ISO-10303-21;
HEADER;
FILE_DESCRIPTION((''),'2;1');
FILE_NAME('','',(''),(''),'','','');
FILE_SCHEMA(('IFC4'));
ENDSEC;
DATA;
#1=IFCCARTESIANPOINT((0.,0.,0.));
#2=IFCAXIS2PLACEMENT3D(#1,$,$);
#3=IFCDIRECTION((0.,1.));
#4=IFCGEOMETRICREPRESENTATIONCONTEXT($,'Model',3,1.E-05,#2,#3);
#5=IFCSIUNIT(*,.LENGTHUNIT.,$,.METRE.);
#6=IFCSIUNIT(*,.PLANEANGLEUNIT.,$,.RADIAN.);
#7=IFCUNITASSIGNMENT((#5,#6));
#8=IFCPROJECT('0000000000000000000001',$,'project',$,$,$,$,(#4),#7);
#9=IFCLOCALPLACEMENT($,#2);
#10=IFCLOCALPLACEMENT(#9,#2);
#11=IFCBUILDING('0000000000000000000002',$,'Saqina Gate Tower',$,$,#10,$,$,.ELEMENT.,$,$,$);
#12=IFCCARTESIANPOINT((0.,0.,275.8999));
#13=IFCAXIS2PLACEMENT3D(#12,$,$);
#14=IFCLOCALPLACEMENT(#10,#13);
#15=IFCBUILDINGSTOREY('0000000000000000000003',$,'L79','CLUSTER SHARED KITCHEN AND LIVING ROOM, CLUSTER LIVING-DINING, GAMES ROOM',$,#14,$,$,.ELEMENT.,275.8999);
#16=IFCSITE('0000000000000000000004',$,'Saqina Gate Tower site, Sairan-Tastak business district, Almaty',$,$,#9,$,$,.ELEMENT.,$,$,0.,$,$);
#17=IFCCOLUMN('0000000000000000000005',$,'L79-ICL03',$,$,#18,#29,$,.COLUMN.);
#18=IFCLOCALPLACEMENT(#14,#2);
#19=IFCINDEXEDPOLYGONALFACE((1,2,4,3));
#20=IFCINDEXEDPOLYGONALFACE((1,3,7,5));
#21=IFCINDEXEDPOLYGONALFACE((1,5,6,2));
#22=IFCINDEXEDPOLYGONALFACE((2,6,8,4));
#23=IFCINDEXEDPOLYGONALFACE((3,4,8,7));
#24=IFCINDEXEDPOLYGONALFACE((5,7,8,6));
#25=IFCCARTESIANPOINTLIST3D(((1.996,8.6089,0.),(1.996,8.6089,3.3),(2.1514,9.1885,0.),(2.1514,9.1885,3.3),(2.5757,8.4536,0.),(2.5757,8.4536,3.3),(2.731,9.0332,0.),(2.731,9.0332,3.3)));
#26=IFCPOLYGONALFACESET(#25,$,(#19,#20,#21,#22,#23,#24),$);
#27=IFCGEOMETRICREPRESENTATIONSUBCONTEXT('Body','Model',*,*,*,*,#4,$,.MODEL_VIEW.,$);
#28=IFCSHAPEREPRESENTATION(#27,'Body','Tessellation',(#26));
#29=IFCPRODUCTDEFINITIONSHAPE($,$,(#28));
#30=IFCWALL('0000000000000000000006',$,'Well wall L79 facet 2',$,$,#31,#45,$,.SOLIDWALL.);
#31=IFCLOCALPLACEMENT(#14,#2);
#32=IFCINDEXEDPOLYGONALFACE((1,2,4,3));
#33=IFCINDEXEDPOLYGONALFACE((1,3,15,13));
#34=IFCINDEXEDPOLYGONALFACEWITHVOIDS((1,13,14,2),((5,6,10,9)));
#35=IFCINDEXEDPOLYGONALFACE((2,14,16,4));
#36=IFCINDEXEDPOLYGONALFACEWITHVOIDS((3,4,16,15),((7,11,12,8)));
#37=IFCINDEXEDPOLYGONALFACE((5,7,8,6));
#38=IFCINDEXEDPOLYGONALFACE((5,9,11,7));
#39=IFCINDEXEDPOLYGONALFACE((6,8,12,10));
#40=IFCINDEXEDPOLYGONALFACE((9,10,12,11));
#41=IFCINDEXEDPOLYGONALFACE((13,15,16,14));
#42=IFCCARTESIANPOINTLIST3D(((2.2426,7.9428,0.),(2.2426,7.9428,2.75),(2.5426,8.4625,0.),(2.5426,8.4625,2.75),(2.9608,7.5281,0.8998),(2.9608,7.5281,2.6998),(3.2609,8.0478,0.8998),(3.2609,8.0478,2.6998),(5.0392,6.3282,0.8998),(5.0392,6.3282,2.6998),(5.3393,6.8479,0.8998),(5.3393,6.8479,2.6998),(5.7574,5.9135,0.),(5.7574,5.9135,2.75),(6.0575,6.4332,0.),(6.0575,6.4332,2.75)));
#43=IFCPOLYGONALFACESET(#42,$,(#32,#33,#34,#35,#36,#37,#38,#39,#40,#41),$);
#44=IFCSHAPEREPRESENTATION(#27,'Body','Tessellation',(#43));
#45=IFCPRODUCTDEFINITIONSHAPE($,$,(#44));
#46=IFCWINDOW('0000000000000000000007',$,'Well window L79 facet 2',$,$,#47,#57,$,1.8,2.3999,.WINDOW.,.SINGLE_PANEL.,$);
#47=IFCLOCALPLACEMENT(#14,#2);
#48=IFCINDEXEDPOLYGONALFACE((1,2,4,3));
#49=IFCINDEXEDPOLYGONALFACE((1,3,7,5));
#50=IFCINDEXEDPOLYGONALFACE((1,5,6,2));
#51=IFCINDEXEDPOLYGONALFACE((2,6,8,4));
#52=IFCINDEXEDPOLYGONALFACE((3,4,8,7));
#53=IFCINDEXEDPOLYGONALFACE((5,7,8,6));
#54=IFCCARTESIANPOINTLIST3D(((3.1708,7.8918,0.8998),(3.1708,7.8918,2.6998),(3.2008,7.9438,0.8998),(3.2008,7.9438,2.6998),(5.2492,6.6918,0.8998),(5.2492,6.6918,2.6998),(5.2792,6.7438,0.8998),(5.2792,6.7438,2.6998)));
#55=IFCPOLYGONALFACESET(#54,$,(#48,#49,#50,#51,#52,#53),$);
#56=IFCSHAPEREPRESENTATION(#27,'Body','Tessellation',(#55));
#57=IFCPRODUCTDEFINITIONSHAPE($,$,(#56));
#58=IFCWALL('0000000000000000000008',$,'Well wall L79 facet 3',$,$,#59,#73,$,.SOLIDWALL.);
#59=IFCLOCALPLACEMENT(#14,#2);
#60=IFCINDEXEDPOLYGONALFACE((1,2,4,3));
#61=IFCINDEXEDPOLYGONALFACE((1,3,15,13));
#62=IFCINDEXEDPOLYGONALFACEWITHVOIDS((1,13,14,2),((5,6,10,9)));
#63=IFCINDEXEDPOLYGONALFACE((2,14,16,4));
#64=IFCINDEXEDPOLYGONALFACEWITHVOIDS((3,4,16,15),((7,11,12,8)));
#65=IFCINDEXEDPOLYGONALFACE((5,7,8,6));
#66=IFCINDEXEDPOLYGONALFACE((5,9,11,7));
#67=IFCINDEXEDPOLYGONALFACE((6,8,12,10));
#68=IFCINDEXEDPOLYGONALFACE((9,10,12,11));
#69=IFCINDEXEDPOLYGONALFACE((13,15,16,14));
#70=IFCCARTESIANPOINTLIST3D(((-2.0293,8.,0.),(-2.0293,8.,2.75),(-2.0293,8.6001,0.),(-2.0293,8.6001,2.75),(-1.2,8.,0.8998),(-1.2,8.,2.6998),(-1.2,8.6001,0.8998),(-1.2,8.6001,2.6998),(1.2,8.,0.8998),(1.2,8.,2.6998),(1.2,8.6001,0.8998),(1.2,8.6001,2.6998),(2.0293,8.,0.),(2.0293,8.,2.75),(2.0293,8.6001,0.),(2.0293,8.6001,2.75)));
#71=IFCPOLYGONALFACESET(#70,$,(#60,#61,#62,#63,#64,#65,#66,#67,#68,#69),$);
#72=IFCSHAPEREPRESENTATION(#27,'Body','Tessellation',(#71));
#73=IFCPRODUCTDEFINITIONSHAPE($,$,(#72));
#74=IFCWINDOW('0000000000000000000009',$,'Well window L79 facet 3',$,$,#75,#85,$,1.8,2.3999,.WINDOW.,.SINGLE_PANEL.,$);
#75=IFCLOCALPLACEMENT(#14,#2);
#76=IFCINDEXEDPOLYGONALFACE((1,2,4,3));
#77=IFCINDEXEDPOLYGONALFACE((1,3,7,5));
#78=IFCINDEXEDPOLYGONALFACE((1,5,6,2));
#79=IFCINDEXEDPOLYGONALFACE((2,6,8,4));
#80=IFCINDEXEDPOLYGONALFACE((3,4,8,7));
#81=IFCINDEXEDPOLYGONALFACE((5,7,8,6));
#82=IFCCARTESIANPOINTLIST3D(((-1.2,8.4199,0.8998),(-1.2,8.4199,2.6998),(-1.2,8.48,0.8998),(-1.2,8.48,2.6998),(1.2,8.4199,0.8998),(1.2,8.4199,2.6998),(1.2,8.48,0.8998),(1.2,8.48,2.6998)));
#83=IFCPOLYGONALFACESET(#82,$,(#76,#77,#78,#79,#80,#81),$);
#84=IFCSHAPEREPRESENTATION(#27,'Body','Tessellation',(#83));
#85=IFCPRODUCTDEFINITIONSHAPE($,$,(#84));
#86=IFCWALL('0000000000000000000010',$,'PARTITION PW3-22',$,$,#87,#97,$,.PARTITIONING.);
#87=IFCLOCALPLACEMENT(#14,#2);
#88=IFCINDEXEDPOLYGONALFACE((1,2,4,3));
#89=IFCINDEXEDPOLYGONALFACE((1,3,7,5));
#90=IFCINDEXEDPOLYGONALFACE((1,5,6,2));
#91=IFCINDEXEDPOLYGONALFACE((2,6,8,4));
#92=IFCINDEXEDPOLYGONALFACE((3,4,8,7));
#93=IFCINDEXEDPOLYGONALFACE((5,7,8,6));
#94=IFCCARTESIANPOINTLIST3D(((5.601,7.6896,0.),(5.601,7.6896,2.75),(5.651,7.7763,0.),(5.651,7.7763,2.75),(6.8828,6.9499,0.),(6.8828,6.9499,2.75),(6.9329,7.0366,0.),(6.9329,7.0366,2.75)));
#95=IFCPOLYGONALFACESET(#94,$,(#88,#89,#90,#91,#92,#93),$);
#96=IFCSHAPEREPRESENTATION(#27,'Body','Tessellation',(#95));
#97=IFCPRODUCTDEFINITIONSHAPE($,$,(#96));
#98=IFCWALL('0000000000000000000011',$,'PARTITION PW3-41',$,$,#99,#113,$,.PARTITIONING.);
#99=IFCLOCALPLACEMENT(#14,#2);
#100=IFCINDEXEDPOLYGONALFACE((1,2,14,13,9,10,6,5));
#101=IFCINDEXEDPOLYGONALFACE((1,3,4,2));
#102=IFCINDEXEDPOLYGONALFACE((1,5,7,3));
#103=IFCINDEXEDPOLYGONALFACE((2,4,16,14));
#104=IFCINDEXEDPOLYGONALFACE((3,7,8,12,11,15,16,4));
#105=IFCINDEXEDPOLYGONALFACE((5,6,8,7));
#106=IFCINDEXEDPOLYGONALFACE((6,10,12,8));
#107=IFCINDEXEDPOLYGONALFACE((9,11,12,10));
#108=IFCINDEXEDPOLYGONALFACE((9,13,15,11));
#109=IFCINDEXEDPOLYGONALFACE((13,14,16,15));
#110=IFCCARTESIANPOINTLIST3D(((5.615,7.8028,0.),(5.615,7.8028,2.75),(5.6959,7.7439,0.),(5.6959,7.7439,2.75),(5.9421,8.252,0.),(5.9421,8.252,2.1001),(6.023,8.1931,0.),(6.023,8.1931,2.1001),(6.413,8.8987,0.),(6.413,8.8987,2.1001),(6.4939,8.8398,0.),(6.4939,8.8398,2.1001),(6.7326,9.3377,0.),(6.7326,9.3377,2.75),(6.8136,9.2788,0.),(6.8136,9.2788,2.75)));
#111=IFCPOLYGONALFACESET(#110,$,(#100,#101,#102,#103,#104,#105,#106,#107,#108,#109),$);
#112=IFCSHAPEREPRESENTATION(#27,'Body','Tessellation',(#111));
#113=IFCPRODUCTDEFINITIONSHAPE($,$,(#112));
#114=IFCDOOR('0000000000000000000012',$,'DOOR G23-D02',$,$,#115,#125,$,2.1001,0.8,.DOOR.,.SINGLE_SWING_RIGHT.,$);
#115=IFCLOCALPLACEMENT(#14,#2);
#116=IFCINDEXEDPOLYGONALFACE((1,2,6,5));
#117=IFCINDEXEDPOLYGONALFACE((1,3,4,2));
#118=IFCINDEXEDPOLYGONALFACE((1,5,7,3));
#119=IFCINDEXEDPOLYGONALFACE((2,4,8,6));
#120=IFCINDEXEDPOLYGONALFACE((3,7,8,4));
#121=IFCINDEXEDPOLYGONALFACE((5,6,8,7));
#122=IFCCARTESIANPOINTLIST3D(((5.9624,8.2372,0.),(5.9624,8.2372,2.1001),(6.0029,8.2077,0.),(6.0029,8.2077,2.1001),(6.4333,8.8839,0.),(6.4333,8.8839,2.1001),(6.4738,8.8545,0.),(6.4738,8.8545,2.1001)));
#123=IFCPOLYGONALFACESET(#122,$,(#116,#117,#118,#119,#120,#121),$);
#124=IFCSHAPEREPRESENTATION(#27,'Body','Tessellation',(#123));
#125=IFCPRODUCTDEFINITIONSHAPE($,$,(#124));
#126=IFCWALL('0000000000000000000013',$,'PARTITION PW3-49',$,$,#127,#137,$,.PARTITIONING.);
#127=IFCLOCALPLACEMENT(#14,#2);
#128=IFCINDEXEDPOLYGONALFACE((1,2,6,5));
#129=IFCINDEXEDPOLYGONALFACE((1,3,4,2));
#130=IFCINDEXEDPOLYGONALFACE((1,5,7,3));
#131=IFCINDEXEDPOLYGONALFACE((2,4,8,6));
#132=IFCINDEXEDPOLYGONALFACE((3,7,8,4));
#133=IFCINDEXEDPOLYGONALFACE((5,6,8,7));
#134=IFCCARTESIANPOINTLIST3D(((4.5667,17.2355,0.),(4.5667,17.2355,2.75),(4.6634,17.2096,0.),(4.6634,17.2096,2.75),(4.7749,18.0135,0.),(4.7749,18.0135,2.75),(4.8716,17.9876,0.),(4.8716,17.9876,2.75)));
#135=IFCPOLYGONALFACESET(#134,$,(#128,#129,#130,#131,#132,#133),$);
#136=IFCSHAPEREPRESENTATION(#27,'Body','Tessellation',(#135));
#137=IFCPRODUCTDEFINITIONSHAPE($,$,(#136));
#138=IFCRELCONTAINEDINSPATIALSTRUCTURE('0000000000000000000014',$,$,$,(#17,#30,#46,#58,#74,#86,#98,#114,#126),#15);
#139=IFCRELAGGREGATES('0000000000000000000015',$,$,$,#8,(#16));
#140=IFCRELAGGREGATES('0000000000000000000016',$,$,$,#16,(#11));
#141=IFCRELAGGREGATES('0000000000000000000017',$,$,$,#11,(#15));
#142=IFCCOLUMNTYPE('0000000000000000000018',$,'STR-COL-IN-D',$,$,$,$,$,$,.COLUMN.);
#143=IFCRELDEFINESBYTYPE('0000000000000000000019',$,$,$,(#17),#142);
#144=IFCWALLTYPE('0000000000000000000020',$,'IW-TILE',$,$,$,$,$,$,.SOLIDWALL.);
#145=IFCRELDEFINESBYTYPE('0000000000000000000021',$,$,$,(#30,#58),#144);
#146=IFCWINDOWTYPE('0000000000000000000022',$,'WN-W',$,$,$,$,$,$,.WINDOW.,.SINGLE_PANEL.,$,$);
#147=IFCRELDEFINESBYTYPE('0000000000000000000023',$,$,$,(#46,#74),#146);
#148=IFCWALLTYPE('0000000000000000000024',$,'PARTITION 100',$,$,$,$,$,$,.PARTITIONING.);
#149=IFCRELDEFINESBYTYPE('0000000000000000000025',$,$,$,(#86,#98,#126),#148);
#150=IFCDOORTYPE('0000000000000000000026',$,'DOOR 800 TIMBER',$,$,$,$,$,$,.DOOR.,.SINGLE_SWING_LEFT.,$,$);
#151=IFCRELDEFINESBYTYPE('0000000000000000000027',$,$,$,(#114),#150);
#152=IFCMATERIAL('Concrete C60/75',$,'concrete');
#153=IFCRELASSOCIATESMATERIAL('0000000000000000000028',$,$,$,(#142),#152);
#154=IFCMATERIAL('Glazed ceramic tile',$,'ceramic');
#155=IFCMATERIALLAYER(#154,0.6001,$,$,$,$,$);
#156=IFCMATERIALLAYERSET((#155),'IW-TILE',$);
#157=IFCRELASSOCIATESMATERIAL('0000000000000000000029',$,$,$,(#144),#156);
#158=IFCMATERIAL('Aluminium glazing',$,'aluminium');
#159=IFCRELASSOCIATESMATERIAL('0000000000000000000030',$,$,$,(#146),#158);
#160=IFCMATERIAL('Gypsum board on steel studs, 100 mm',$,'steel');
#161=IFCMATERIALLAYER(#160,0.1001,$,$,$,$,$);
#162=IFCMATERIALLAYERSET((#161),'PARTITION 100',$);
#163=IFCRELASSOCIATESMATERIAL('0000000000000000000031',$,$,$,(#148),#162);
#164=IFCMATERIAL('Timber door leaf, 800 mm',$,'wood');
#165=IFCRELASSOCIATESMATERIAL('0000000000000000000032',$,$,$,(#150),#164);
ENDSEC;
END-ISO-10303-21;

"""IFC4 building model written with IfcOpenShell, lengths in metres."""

from ifc_helpers import new_model, si_unit, direction, frame, frame_2d, origin, origin_2d, place, context, subcontext, project, spatial, rectangle, extrude, material, layer, layer_set, material_profile, profile_set, type_object, element, fill, save


model = new_model("IFC4")

# Units and contexts
model_context = context("Model", 3, precision=1e-05, world=origin(), true_north=direction((0.0, 1.0)))
body_context = subcontext(model_context, "Body", "Model", "MODEL_VIEW")
ifc_project = project(units=[si_unit("LENGTHUNIT", "METRE"), si_unit("PLANEANGLEUNIT", "RADIAN")], contexts=[model_context])

# Site, building, storey
site_placement = place(None, origin())
site = spatial("IfcSite", under=ifc_project, at=site_placement, Name="Saqina Gate Tower site, Sairan-Tastak business district, Almaty", CompositionType="ELEMENT", RefElevation=0.0)
building_placement = place(site_placement, origin())
building = spatial("IfcBuilding", under=site, at=building_placement, Name="Saqina Gate Tower", CompositionType="ELEMENT")
storey_placement = place(building_placement, frame((0.0, 0.0, 275.8999)))
storey = spatial("IfcBuildingStorey", under=building, at=storey_placement, Name="L79", Description="CLUSTER SHARED KITCHEN AND LIVING ROOM, CLUSTER LIVING-DINING, GAMES ROOM", CompositionType="ELEMENT", Elevation=275.8999)

# Column
ifc_material_1 = material(Name="Concrete C60/75", Category="concrete")
ifc_material_profile = material_profile(ifc_material_1, rectangle(XDim=0.6001, YDim=0.6001, at=origin_2d()), Name="RC 600x600")
ifc_profile_set = profile_set([ifc_material_profile], Name="Concrete C60/75")
column_type = type_object("IfcColumnType", Name="STR-COL-IN-D", PredefinedType="COLUMN", material=ifc_profile_set)
column_placement = place(storey_placement, frame((2.3635, 8.821, 0.0), z_axis=(0.0, 0.0, 1.0), x_axis=(0.258819, 0.965926, 0.0)))
element("IfcColumn", 1, at=column_placement, inside=storey, type_object=column_type, Name="L79-ICL03", PredefinedType="COLUMN", context=body_context, shape_type="SweptSolid", body=[
    extrude(rectangle(XDim=0.6001, YDim=0.6001, at=origin_2d()), origin(), (0.0, 0.0, 1.0), 3.3),
])

# Walls, openings, windows
ifc_material_2 = material(Name="Glazed ceramic tile", Category="ceramic")
ifc_layer_1 = layer(ifc_material_2, 0.6001)
ifc_layer_set_1 = layer_set([ifc_layer_1], Name="IW-TILE")
wall_type_1 = type_object("IfcWallType", Name="IW-TILE", PredefinedType="SOLIDWALL", material=ifc_layer_set_1)
wall_1_placement = place(storey_placement, frame((5.9075, 6.1733, 0.0), z_axis=(0.0, 0.0, 1.0), x_axis=(-0.866028, 0.499995, 0.0)))
wall_1 = element("IfcWall", 2, at=wall_1_placement, inside=storey, type_object=wall_type_1, Name="Well wall L79 facet 2", PredefinedType="SOLIDWALL", context=body_context, shape_type="SweptSolid", body=[
    extrude(rectangle(XDim=4.0586, YDim=0.6001, at=frame_2d((2.0293, 0.0))), origin(), (0.0, 0.0, 1.0), 2.75),
])
opening_1_placement = place(wall_1_placement, frame((0.8293, 0.0, 0.8999)))
opening_1 = element("IfcOpeningElement", 3, at=opening_1_placement, cuts=wall_1, PredefinedType="OPENING", context=body_context, shape_type="SweptSolid", body=[
    extrude(rectangle(XDim=2.3999, YDim=1.8, at=frame_2d((1.2, 0.8999))), frame((0.0, 0.312, 0.0), z_axis=(0.0, -1.0, 0.0), x_axis=(1.0, 0.0, 0.0)), (0.0, 0.0, 1.0), 0.624),
])
ifc_material_3 = material(Name="Aluminium glazing", Category="aluminium")
window_type = type_object("IfcWindowType", Name="WN-W", PartitioningType="SINGLE_PANEL", PredefinedType="WINDOW", material=ifc_material_3)
window_1_placement = place(opening_1_placement, origin())
window_1 = element("IfcWindow", 4, at=window_1_placement, inside=storey, type_object=window_type, Name="Well window L79 facet 2", OverallHeight=1.8, OverallWidth=2.3999, PartitioningType="SINGLE_PANEL", PredefinedType="WINDOW", context=body_context, shape_type="SweptSolid", body=[
    extrude(rectangle(XDim=2.3999, YDim=1.8, at=frame_2d((1.2, 0.8999))), frame((0.0, -0.1199, 0.0), z_axis=(0.0, -1.0, 0.0), x_axis=(1.0, 0.0, 0.0)), (0.0, 0.0, 1.0), 0.0601),
])
fill(opening_1, window_1)
wall_2_placement = place(storey_placement, frame((2.0293, 8.3, 0.0), z_axis=(0.0, 0.0, 1.0), x_axis=(-1.0, 0.0, 0.0)))
wall_2 = element("IfcWall", 5, at=wall_2_placement, inside=storey, type_object=wall_type_1, Name="Well wall L79 facet 3", PredefinedType="SOLIDWALL", context=body_context, shape_type="SweptSolid", body=[
    extrude(rectangle(XDim=4.0586, YDim=0.6001, at=frame_2d((2.0293, 0.0))), origin(), (0.0, 0.0, 1.0), 2.75),
])
opening_2_placement = place(wall_2_placement, frame((0.8293, 0.0, 0.8999)))
opening_2 = element("IfcOpeningElement", 6, at=opening_2_placement, cuts=wall_2, PredefinedType="OPENING", context=body_context, shape_type="SweptSolid", body=[
    extrude(rectangle(XDim=2.3999, YDim=1.8, at=frame_2d((1.2, 0.8999))), frame((0.0, 0.312, 0.0), z_axis=(0.0, -1.0, 0.0), x_axis=(1.0, 0.0, 0.0)), (0.0, 0.0, 1.0), 0.624),
])
window_2_placement = place(opening_2_placement, origin())
window_2 = element("IfcWindow", 7, at=window_2_placement, inside=storey, type_object=window_type, Name="Well window L79 facet 3", OverallHeight=1.8, OverallWidth=2.3999, PartitioningType="SINGLE_PANEL", PredefinedType="WINDOW", context=body_context, shape_type="SweptSolid", body=[
    extrude(rectangle(XDim=2.3999, YDim=1.8, at=frame_2d((1.2, 0.8999))), frame((0.0, -0.1199, 0.0), z_axis=(0.0, -1.0, 0.0), x_axis=(1.0, 0.0, 0.0)), (0.0, 0.0, 1.0), 0.0601),
])
fill(opening_2, window_2)

# Wall
ifc_material_4 = material(Name="Gypsum board on steel studs, 100 mm", Category="steel")
ifc_layer_2 = layer(ifc_material_4, 0.1001)
ifc_layer_set_2 = layer_set([ifc_layer_2], Name="PARTITION 100")
wall_type_2 = type_object("IfcWallType", Name="PARTITION 100", PredefinedType="PARTITIONING", material=ifc_layer_set_2)
wall_3_placement = place(storey_placement, frame((5.626, 7.7329, 0.0), z_axis=(0.0, 0.0, 1.0), x_axis=(0.866144, -0.499794, 0.0)))
element("IfcWall", 8, at=wall_3_placement, inside=storey, type_object=wall_type_2, Name="PARTITION PW3-22", PredefinedType="PARTITIONING", context=body_context, shape_type="SweptSolid", body=[
    extrude(rectangle(XDim=1.48, YDim=0.1001, at=frame_2d((0.74, 0.0))), origin(), (0.0, 0.0, 1.0), 2.75),
])

# Wall, opening, door
wall_4_placement = place(storey_placement, frame((5.6555, 7.7734, 0.0), z_axis=(0.0, 0.0, 1.0), x_axis=(0.588646, 0.808391, 0.0)))
wall_4 = element("IfcWall", 9, at=wall_4_placement, inside=storey, type_object=wall_type_2, Name="PARTITION PW3-41", PredefinedType="PARTITIONING", context=body_context, shape_type="SweptSolid", body=[
    extrude(rectangle(XDim=1.8987, YDim=0.1001, at=frame_2d((0.9492, 0.0))), origin(), (0.0, 0.0, 1.0), 2.75),
])
opening_3_placement = place(wall_4_placement, frame((0.5557, 0.0, 0.0)))
opening_3 = element("IfcOpeningElement", 10, at=opening_3_placement, cuts=wall_4, PredefinedType="OPENING", context=body_context, shape_type="SweptSolid", body=[
    extrude(rectangle(XDim=0.8, YDim=2.1001, at=frame_2d((0.3999, 1.05))), frame((0.0, 0.062, 0.0), z_axis=(0.0, -1.0, 0.0), x_axis=(1.0, 0.0, 0.0)), (0.0, 0.0, 1.0), 0.124),
])
ifc_material_5 = material(Name="Timber door leaf, 800 mm", Category="wood")
door_type_1 = type_object("IfcDoorType", Name="DOOR 800 TIMBER", OperationType="SINGLE_SWING_LEFT", PredefinedType="DOOR", material=ifc_material_5)
door_1_placement = place(opening_3_placement, origin())
door_1 = element("IfcDoor", 11, at=door_1_placement, inside=storey, type_object=door_type_1, Name="DOOR G23-D02", OperationType="SINGLE_SWING_RIGHT", OverallHeight=2.1001, OverallWidth=0.8, PredefinedType="DOOR", context=body_context, shape_type="SweptSolid", body=[
    extrude(rectangle(XDim=0.8, YDim=2.1001, at=frame_2d((0.3999, 1.05))), frame((0.0, 0.0249, 0.0), z_axis=(0.0, -1.0, 0.0), x_axis=(1.0, 0.0, 0.0)), (0.0, 0.0, 1.0), 0.05),
])
fill(opening_3, door_1)

# Wall
wall_5_placement = place(storey_placement, frame((4.615, 17.2224, 0.0), z_axis=(0.0, 0.0, 1.0), x_axis=(0.258549, 0.965998, 0.0)))
element("IfcWall", 12, at=wall_5_placement, inside=storey, type_object=wall_type_2, Name="PARTITION PW3-49", PredefinedType="PARTITIONING", context=body_context, shape_type="SweptSolid", body=[
    extrude(rectangle(XDim=0.8054, YDim=0.1001, at=frame_2d((0.4028, 0.0))), origin(), (0.0, 0.0, 1.0), 2.75),
])

save(model, "model.ifc")
